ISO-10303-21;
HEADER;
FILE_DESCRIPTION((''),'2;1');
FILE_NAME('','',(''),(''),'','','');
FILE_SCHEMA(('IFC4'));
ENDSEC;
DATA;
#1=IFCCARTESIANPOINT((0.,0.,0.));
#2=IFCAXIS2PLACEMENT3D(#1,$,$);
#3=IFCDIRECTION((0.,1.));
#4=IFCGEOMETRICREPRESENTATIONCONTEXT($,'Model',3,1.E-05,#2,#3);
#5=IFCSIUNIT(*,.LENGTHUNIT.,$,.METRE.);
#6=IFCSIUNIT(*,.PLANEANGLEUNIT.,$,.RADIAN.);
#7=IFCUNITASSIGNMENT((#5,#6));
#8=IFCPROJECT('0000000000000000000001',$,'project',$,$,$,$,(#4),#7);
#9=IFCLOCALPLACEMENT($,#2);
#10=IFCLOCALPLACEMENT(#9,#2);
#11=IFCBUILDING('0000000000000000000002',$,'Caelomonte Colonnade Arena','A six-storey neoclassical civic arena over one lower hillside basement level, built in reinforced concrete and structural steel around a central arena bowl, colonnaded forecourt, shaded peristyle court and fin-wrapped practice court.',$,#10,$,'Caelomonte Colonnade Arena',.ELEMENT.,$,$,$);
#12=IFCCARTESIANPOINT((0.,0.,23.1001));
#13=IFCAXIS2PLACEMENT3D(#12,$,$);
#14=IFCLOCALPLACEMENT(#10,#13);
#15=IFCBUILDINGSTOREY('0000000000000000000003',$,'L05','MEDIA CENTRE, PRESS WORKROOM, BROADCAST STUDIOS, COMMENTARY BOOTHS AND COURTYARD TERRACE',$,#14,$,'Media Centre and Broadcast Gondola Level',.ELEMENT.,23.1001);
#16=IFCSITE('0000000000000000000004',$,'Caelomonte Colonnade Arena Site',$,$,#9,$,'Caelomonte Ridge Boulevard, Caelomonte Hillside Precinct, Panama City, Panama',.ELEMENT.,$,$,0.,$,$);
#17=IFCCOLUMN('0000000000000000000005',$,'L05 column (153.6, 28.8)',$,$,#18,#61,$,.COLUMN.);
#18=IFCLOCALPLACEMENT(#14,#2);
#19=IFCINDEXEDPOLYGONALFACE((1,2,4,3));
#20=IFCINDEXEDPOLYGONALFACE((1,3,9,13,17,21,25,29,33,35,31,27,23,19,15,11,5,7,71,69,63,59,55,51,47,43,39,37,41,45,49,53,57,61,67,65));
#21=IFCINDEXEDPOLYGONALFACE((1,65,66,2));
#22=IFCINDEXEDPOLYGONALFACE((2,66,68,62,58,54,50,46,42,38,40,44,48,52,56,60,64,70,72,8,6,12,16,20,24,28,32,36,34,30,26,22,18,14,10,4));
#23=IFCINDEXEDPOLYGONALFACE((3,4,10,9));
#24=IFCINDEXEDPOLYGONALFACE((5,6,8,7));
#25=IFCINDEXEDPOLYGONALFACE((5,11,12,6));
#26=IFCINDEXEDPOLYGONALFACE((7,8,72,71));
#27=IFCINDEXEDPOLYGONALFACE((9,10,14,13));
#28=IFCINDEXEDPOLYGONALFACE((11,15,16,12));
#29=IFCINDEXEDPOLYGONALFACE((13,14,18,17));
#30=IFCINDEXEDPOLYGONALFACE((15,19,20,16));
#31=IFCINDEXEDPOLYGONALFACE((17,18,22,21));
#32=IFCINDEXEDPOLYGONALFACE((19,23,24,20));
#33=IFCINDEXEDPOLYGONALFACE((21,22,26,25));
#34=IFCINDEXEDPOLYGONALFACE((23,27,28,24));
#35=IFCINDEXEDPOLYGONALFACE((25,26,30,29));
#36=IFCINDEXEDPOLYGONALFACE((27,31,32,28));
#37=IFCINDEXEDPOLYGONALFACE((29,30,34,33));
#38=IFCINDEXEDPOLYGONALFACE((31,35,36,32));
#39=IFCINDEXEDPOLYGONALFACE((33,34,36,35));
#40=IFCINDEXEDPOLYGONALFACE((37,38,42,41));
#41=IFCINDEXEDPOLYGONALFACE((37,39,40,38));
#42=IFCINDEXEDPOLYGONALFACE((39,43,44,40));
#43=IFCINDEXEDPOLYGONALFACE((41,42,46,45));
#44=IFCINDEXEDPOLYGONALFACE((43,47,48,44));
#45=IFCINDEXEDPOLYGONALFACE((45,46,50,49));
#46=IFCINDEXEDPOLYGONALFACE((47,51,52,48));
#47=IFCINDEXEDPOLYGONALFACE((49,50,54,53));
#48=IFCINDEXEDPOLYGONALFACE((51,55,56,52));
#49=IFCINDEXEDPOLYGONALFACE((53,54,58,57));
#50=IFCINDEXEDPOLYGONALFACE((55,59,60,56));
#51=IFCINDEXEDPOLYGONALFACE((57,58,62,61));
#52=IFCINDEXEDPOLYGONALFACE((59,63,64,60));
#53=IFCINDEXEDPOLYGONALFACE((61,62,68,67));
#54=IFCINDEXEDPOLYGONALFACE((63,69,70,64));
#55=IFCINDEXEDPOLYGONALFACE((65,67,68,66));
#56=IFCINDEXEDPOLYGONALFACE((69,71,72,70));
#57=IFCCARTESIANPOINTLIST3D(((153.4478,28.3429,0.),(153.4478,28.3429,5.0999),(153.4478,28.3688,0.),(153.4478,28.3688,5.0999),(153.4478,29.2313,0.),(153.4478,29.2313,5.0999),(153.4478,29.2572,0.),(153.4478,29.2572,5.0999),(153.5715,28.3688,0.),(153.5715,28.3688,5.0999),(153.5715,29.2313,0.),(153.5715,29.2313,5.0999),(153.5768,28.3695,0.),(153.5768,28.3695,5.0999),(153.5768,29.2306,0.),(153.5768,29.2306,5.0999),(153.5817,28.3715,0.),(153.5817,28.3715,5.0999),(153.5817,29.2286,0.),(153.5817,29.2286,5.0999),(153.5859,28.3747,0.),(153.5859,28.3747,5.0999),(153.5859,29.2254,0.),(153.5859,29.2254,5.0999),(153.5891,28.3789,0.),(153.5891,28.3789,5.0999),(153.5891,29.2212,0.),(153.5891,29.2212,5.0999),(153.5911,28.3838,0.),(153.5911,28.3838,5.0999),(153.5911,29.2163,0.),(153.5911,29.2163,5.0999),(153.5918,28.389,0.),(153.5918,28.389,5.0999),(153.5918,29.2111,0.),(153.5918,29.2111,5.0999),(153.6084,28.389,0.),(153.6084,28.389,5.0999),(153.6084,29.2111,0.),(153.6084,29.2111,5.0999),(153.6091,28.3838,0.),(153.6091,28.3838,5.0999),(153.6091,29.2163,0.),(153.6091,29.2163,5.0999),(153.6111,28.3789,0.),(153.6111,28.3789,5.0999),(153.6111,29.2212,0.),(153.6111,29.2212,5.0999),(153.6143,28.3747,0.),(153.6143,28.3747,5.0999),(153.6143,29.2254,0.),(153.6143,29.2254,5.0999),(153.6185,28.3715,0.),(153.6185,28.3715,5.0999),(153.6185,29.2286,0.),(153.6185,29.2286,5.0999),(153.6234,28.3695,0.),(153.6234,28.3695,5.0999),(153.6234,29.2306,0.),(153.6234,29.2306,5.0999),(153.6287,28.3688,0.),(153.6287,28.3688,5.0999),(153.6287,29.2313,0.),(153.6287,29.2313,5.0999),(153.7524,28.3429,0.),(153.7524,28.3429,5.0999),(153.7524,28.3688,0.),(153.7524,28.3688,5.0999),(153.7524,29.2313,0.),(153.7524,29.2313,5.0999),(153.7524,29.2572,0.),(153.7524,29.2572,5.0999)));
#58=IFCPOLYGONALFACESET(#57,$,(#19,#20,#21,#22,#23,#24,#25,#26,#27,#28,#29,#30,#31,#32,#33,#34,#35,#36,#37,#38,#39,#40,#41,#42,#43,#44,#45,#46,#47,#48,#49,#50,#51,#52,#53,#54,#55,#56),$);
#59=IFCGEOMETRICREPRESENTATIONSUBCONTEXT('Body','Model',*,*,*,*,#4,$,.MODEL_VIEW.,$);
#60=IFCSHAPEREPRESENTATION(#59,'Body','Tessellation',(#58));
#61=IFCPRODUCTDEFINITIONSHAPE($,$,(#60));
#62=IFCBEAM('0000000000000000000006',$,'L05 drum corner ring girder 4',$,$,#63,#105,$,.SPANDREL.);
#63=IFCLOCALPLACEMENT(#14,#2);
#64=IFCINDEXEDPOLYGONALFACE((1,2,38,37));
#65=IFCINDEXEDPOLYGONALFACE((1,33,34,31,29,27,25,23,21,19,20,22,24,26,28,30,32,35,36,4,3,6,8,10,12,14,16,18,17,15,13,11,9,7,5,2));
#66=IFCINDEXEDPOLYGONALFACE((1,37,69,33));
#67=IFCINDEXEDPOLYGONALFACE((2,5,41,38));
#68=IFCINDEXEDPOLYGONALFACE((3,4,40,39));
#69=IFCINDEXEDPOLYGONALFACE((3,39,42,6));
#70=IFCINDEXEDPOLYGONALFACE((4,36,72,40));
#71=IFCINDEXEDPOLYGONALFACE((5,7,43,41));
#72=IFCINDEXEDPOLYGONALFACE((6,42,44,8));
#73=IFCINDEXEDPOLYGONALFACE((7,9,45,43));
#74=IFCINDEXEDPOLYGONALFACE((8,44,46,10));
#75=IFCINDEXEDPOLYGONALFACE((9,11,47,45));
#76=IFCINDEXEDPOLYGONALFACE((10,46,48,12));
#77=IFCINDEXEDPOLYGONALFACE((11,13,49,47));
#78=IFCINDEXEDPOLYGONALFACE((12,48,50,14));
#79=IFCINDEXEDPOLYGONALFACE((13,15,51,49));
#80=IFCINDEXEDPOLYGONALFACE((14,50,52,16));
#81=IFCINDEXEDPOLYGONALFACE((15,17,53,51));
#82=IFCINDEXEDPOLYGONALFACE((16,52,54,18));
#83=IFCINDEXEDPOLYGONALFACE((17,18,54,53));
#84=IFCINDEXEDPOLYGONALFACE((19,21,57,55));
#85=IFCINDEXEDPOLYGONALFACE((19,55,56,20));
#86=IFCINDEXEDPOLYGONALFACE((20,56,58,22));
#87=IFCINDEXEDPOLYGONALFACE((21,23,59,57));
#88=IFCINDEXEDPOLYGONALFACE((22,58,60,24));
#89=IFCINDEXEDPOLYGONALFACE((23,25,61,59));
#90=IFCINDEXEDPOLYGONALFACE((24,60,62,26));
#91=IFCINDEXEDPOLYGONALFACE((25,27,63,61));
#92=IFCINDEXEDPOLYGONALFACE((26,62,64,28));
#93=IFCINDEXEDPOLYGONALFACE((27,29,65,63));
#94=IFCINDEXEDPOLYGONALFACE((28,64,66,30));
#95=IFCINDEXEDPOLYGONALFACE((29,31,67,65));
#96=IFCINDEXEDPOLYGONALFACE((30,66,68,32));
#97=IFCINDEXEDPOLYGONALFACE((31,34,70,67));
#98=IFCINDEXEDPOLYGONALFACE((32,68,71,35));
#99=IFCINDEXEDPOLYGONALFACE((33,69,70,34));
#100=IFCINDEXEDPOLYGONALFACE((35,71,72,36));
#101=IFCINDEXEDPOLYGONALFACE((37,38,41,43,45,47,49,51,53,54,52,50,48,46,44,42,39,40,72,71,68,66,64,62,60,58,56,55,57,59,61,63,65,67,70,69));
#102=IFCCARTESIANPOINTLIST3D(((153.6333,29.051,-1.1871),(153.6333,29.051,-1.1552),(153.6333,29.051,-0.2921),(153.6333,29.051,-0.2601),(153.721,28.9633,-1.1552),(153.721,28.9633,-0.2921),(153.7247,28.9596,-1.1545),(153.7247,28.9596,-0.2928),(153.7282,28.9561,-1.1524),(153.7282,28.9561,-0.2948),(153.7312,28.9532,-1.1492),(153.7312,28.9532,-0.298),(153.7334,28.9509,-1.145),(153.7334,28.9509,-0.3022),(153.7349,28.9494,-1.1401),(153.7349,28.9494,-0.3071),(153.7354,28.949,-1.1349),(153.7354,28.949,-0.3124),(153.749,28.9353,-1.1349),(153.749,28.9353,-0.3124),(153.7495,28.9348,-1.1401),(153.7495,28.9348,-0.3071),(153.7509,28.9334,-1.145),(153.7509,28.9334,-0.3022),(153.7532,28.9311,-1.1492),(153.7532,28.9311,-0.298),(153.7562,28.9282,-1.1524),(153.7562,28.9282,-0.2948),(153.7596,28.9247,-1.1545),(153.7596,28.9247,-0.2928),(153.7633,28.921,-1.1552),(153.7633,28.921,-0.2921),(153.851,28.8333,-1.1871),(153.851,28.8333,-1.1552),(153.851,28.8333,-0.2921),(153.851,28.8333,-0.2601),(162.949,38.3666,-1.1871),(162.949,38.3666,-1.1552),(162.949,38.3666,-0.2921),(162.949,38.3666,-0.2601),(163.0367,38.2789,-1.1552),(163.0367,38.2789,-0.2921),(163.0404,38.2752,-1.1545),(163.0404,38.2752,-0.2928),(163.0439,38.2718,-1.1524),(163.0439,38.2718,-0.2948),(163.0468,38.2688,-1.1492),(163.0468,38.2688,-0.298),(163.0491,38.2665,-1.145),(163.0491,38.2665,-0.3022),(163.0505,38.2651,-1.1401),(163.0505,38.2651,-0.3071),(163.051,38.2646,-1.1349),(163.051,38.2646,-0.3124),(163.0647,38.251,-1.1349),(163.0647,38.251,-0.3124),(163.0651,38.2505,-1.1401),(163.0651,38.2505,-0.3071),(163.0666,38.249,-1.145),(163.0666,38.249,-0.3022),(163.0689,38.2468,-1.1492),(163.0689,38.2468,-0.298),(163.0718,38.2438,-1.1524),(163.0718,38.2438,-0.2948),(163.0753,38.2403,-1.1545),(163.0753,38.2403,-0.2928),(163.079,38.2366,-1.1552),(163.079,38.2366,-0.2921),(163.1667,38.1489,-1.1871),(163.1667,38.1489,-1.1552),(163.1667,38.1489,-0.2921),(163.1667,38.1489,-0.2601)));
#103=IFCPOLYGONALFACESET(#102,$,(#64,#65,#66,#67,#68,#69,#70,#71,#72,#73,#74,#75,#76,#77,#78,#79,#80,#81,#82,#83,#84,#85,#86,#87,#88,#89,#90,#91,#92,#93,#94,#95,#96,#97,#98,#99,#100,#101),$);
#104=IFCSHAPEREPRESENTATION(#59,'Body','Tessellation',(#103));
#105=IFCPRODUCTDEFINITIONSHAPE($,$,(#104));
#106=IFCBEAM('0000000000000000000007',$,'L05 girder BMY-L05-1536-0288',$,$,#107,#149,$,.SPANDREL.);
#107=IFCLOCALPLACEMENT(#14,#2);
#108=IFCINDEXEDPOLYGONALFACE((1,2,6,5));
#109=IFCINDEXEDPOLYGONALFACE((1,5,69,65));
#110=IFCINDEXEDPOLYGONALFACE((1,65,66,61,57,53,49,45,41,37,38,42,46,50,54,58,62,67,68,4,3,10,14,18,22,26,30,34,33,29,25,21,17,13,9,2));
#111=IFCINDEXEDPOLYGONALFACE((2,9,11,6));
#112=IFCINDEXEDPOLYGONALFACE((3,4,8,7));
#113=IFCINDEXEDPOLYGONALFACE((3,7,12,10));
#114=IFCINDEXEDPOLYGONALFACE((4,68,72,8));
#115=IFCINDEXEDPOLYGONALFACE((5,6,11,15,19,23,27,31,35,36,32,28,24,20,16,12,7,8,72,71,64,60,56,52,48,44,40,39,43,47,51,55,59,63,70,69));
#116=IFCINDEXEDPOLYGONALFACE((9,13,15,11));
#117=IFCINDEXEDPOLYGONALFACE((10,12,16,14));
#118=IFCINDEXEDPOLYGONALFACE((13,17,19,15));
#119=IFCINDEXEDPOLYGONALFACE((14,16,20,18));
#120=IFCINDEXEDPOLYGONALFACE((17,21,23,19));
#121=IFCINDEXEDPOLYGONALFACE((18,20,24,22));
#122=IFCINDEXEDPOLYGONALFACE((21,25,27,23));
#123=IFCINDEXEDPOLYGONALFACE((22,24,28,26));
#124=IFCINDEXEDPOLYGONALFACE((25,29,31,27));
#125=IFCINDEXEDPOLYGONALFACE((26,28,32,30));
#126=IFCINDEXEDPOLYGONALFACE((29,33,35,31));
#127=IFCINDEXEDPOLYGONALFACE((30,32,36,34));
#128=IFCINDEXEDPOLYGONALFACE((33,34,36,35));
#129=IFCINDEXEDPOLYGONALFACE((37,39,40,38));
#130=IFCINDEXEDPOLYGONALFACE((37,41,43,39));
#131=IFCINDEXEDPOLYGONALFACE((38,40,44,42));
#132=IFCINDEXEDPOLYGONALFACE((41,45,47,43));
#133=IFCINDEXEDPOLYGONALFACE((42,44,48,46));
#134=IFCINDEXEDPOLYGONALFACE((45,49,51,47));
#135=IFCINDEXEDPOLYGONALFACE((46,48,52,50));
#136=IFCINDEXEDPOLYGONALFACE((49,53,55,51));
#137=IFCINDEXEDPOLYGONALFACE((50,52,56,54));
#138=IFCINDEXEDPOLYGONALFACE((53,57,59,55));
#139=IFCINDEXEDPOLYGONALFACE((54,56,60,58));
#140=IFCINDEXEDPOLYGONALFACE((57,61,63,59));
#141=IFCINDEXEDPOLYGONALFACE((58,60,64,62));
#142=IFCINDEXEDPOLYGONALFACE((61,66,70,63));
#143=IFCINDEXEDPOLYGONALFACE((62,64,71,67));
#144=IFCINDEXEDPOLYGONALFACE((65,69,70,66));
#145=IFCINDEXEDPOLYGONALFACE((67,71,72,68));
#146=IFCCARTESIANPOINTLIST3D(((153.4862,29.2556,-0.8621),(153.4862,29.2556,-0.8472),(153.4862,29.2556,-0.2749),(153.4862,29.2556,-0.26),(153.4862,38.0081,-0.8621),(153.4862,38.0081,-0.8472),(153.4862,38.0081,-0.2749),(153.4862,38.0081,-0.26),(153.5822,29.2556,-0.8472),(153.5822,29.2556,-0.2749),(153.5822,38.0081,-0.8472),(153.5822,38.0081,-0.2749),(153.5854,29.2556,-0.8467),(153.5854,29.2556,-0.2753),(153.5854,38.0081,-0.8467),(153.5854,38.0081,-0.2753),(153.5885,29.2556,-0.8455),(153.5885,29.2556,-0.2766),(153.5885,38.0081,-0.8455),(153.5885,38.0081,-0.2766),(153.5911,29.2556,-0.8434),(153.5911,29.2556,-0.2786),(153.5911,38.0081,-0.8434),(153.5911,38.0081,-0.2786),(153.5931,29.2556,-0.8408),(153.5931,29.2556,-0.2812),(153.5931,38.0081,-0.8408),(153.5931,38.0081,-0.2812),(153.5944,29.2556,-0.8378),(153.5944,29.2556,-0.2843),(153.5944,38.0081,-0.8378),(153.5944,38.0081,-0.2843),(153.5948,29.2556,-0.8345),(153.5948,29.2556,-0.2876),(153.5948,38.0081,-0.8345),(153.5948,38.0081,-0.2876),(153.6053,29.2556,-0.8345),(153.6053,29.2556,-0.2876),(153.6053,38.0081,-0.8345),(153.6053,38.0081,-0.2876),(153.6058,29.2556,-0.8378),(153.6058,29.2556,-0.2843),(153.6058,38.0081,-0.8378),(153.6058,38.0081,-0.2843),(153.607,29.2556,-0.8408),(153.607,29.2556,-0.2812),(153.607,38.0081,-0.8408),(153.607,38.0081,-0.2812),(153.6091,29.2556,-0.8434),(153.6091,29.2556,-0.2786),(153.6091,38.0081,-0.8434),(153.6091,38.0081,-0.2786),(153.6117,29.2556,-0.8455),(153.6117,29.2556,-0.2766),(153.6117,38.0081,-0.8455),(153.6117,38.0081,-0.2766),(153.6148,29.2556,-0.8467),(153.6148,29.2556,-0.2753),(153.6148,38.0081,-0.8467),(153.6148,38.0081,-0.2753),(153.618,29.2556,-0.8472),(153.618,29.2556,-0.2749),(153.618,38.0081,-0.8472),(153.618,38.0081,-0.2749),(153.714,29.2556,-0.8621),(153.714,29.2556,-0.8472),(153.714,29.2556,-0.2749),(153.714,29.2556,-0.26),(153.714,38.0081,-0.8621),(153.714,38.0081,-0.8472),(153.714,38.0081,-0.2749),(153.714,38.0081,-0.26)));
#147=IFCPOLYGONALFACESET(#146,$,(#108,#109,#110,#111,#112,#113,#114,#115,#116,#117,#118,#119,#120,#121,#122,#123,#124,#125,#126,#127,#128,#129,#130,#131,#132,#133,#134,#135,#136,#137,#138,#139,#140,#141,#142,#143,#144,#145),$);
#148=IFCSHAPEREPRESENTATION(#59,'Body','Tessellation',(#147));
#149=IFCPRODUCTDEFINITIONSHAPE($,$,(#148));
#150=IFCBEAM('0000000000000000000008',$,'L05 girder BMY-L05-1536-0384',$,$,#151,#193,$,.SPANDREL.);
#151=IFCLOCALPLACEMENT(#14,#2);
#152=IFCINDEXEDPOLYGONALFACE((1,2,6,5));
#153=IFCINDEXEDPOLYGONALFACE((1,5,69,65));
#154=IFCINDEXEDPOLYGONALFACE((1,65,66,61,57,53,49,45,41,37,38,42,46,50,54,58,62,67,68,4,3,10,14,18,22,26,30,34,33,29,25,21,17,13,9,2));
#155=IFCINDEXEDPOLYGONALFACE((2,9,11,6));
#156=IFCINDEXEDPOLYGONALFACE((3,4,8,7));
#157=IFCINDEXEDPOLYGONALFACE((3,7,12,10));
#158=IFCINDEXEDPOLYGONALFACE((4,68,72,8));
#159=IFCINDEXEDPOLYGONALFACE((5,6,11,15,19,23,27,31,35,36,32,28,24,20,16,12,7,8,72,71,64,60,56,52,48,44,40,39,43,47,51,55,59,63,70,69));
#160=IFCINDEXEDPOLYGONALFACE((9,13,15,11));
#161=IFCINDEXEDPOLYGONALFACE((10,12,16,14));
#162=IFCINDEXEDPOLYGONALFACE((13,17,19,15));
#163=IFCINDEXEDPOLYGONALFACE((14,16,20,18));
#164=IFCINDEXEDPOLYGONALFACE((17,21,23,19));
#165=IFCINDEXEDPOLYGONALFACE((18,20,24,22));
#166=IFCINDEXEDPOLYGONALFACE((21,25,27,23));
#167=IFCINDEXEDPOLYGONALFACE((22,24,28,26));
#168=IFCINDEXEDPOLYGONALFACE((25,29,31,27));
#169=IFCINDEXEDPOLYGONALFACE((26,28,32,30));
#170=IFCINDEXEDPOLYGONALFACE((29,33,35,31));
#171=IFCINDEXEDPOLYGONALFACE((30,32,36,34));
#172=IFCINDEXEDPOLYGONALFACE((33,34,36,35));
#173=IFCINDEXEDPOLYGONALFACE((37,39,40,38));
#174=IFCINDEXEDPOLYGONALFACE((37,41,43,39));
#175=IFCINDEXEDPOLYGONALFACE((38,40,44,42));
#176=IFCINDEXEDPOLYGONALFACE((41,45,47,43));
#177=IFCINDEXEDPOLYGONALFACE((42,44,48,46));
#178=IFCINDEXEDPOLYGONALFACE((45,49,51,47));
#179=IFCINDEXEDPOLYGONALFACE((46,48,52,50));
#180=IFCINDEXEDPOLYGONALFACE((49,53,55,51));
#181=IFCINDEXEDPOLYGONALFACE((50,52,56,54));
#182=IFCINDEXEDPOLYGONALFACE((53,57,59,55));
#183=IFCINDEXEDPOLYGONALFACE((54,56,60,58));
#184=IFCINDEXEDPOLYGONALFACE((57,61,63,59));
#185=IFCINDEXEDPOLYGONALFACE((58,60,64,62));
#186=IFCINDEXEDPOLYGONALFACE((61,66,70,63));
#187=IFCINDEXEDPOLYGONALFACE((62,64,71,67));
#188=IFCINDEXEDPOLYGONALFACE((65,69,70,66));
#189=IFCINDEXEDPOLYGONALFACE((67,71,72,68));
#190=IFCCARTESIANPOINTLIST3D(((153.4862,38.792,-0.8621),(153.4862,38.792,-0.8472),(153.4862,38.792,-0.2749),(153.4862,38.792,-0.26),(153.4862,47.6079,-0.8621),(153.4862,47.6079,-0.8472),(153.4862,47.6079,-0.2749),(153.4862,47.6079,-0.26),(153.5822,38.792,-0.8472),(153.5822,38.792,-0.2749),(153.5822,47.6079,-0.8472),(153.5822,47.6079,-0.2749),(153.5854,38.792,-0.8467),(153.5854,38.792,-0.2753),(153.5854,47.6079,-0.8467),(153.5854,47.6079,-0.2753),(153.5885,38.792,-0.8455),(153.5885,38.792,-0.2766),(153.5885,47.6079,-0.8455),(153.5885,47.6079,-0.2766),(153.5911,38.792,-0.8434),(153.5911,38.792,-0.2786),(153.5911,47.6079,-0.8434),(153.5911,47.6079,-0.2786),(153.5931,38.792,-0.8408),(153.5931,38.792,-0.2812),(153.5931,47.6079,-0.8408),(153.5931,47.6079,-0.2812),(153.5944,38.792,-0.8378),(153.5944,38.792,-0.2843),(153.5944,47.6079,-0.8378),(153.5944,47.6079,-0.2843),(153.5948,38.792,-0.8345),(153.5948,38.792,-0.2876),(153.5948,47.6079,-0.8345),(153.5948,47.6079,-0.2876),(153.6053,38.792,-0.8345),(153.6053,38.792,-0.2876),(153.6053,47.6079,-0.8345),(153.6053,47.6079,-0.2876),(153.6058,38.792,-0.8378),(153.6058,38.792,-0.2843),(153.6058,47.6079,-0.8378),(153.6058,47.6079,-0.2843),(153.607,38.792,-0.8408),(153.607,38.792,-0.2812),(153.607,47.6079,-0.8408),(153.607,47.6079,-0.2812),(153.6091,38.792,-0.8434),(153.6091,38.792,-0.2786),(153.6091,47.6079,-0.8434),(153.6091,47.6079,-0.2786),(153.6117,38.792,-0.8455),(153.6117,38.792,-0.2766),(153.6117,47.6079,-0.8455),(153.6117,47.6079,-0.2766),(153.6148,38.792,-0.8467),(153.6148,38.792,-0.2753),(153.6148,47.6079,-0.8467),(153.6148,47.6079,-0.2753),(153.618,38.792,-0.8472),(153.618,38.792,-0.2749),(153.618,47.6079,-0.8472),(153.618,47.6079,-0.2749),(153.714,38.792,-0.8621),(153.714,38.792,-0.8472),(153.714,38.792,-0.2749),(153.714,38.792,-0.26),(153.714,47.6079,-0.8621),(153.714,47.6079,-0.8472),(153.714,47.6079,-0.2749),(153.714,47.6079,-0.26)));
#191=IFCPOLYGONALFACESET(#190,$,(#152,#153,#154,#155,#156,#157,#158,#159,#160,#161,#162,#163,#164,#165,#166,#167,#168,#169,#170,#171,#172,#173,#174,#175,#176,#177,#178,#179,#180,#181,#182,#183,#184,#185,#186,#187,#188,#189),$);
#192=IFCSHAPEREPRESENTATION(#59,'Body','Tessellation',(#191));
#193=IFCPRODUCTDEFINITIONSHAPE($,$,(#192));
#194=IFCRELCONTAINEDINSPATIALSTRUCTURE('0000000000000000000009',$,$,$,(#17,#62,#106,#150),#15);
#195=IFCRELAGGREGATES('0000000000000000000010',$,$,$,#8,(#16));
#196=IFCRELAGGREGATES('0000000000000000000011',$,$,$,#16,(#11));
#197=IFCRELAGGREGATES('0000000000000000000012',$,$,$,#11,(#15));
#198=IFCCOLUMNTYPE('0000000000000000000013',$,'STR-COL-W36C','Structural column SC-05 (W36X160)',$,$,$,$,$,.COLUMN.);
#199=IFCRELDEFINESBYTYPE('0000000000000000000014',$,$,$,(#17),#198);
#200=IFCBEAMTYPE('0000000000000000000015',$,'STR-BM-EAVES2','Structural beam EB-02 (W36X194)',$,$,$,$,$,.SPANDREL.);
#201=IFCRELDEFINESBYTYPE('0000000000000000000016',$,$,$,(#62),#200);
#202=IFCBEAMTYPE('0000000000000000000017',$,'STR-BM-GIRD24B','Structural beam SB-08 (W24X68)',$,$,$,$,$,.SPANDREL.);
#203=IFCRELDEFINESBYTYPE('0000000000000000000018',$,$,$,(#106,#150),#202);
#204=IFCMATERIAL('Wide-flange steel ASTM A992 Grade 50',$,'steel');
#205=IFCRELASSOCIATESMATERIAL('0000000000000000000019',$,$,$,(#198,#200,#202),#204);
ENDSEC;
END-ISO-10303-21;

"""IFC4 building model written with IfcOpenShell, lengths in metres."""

from ifc_helpers import new_model, si_unit, direction, frame, origin, origin_2d, place, context, subcontext, project, spatial, i_section, extrude, material, material_profile, profile_set, type_object, element, save


model = new_model("IFC4")

# Units and contexts
model_context = context("Model", 3, precision=1e-05, world=origin(), true_north=direction((0.0, 1.0)))
body_context = subcontext(model_context, "Body", "Model", "MODEL_VIEW")
ifc_project = project(units=[si_unit("LENGTHUNIT", "METRE"), si_unit("PLANEANGLEUNIT", "RADIAN")], contexts=[model_context])

# Site, building, storey
site_placement = place(None, origin())
site = spatial("IfcSite", under=ifc_project, at=site_placement, Name="Caelomonte Colonnade Arena Site", LongName="Caelomonte Ridge Boulevard, Caelomonte Hillside Precinct, Panama City, Panama", CompositionType="ELEMENT", RefElevation=0.0)
building_placement = place(site_placement, origin())
building = spatial("IfcBuilding", under=site, at=building_placement, Name="Caelomonte Colonnade Arena", Description="A six-storey neoclassical civic arena over one lower hillside basement level, built in reinforced concrete and structural steel around a central arena bowl, colonnaded forecourt, shaded peristyle court and fin-wrapped practice court.", LongName="Caelomonte Colonnade Arena", CompositionType="ELEMENT")
storey_placement = place(building_placement, frame((0.0, 0.0, 23.1001)))
storey = spatial("IfcBuildingStorey", under=building, at=storey_placement, Name="L05", Description="MEDIA CENTRE, PRESS WORKROOM, BROADCAST STUDIOS, COMMENTARY BOOTHS AND COURTYARD TERRACE", LongName="Media Centre and Broadcast Gondola Level", CompositionType="ELEMENT", Elevation=23.1001)

# Column
ifc_material_1 = material(Name="Wide-flange steel ASTM A992 Grade 50", Category="steel")
ifc_material_profile_1 = material_profile(ifc_material_1, i_section(OverallWidth=0.3047, OverallDepth=0.9143, WebThickness=0.0166, FlangeThickness=0.0259, FilletRadius=0.0203, at=origin_2d()), Name="W36X160")
ifc_profile_set_1 = profile_set([ifc_material_profile_1], Name="Wide-flange steel ASTM A992 Grade 50")
column_type = type_object("IfcColumnType", Name="STR-COL-W36C", Description="Structural column SC-05 (W36X160)", PredefinedType="COLUMN", material=ifc_profile_set_1)
column_placement = place(storey_placement, frame((153.6001, 28.8, 0.0), z_axis=(0.0, 0.0, 1.0), x_axis=(1.0, 0.0, 0.0)))
element("IfcColumn", 1, at=column_placement, inside=storey, type_object=column_type, Name="L05 column (153.6, 28.8)", PredefinedType="COLUMN", context=body_context, shape_type="SweptSolid", body=[
    extrude(i_section(OverallWidth=0.3047, OverallDepth=0.9143, WebThickness=0.0166, FlangeThickness=0.0259, FilletRadius=0.0203, at=origin_2d()), origin(), (0.0, 0.0, 1.0), 5.0999),
])

# Beams
ifc_material_profile_2 = material_profile(ifc_material_1, i_section(OverallWidth=0.3079, OverallDepth=0.927, WebThickness=0.0193, FlangeThickness=0.032, FilletRadius=0.0203, at=origin_2d()), Name="W36X194")
ifc_profile_set_2 = profile_set([ifc_material_profile_2], Name="Wide-flange steel ASTM A992 Grade 50")
beam_type_1 = type_object("IfcBeamType", Name="STR-BM-EAVES2", Description="Structural beam EB-02 (W36X194)", PredefinedType="SPANDREL", material=ifc_profile_set_2)
beam_1_placement = place(storey_placement, frame((153.7422, 28.9421, -0.7236), z_axis=(0.707107, 0.707107, 0.0), x_axis=(-0.707107, 0.707107, 0.0)))
element("IfcBeam", 2, at=beam_1_placement, inside=storey, type_object=beam_type_1, Name="L05 drum corner ring girder 4", PredefinedType="SPANDREL", context=body_context, shape_type="SweptSolid", body=[
    extrude(i_section(OverallWidth=0.3079, OverallDepth=0.927, WebThickness=0.0193, FlangeThickness=0.032, FilletRadius=0.0203, at=origin_2d()), origin(), (0.0, 0.0, 1.0), 13.1743),
])
ifc_material_profile_3 = material_profile(ifc_material_1, i_section(OverallWidth=0.2278, OverallDepth=0.6021, WebThickness=0.0105, FlangeThickness=0.0149, FilletRadius=0.0127, at=origin_2d()), Name="W24X68")
ifc_profile_set_3 = profile_set([ifc_material_profile_3], Name="Wide-flange steel ASTM A992 Grade 50")
beam_type_2 = type_object("IfcBeamType", Name="STR-BM-GIRD24B", Description="Structural beam SB-08 (W24X68)", PredefinedType="SPANDREL", material=ifc_profile_set_3)
beam_2_placement = place(storey_placement, frame((153.6001, 29.2556, -0.561), z_axis=(0.0, 1.0, 0.0), x_axis=(-1.0, 0.0, 0.0)))
element("IfcBeam", 3, at=beam_2_placement, inside=storey, type_object=beam_type_2, Name="L05 girder BMY-L05-1536-0288", PredefinedType="SPANDREL", context=body_context, shape_type="SweptSolid", body=[
    extrude(i_section(OverallWidth=0.2278, OverallDepth=0.6021, WebThickness=0.0105, FlangeThickness=0.0149, FilletRadius=0.0127, at=origin_2d()), origin(), (0.0, 0.0, 1.0), 8.7524),
])
beam_3_placement = place(storey_placement, frame((153.6001, 38.792, -0.561), z_axis=(0.0, 1.0, 0.0), x_axis=(-1.0, 0.0, 0.0)))
element("IfcBeam", 4, at=beam_3_placement, inside=storey, type_object=beam_type_2, Name="L05 girder BMY-L05-1536-0384", PredefinedType="SPANDREL", context=body_context, shape_type="SweptSolid", body=[
    extrude(i_section(OverallWidth=0.2278, OverallDepth=0.6021, WebThickness=0.0105, FlangeThickness=0.0149, FilletRadius=0.0127, at=origin_2d()), origin(), (0.0, 0.0, 1.0), 8.8159),
])

save(model, "model.ifc")
